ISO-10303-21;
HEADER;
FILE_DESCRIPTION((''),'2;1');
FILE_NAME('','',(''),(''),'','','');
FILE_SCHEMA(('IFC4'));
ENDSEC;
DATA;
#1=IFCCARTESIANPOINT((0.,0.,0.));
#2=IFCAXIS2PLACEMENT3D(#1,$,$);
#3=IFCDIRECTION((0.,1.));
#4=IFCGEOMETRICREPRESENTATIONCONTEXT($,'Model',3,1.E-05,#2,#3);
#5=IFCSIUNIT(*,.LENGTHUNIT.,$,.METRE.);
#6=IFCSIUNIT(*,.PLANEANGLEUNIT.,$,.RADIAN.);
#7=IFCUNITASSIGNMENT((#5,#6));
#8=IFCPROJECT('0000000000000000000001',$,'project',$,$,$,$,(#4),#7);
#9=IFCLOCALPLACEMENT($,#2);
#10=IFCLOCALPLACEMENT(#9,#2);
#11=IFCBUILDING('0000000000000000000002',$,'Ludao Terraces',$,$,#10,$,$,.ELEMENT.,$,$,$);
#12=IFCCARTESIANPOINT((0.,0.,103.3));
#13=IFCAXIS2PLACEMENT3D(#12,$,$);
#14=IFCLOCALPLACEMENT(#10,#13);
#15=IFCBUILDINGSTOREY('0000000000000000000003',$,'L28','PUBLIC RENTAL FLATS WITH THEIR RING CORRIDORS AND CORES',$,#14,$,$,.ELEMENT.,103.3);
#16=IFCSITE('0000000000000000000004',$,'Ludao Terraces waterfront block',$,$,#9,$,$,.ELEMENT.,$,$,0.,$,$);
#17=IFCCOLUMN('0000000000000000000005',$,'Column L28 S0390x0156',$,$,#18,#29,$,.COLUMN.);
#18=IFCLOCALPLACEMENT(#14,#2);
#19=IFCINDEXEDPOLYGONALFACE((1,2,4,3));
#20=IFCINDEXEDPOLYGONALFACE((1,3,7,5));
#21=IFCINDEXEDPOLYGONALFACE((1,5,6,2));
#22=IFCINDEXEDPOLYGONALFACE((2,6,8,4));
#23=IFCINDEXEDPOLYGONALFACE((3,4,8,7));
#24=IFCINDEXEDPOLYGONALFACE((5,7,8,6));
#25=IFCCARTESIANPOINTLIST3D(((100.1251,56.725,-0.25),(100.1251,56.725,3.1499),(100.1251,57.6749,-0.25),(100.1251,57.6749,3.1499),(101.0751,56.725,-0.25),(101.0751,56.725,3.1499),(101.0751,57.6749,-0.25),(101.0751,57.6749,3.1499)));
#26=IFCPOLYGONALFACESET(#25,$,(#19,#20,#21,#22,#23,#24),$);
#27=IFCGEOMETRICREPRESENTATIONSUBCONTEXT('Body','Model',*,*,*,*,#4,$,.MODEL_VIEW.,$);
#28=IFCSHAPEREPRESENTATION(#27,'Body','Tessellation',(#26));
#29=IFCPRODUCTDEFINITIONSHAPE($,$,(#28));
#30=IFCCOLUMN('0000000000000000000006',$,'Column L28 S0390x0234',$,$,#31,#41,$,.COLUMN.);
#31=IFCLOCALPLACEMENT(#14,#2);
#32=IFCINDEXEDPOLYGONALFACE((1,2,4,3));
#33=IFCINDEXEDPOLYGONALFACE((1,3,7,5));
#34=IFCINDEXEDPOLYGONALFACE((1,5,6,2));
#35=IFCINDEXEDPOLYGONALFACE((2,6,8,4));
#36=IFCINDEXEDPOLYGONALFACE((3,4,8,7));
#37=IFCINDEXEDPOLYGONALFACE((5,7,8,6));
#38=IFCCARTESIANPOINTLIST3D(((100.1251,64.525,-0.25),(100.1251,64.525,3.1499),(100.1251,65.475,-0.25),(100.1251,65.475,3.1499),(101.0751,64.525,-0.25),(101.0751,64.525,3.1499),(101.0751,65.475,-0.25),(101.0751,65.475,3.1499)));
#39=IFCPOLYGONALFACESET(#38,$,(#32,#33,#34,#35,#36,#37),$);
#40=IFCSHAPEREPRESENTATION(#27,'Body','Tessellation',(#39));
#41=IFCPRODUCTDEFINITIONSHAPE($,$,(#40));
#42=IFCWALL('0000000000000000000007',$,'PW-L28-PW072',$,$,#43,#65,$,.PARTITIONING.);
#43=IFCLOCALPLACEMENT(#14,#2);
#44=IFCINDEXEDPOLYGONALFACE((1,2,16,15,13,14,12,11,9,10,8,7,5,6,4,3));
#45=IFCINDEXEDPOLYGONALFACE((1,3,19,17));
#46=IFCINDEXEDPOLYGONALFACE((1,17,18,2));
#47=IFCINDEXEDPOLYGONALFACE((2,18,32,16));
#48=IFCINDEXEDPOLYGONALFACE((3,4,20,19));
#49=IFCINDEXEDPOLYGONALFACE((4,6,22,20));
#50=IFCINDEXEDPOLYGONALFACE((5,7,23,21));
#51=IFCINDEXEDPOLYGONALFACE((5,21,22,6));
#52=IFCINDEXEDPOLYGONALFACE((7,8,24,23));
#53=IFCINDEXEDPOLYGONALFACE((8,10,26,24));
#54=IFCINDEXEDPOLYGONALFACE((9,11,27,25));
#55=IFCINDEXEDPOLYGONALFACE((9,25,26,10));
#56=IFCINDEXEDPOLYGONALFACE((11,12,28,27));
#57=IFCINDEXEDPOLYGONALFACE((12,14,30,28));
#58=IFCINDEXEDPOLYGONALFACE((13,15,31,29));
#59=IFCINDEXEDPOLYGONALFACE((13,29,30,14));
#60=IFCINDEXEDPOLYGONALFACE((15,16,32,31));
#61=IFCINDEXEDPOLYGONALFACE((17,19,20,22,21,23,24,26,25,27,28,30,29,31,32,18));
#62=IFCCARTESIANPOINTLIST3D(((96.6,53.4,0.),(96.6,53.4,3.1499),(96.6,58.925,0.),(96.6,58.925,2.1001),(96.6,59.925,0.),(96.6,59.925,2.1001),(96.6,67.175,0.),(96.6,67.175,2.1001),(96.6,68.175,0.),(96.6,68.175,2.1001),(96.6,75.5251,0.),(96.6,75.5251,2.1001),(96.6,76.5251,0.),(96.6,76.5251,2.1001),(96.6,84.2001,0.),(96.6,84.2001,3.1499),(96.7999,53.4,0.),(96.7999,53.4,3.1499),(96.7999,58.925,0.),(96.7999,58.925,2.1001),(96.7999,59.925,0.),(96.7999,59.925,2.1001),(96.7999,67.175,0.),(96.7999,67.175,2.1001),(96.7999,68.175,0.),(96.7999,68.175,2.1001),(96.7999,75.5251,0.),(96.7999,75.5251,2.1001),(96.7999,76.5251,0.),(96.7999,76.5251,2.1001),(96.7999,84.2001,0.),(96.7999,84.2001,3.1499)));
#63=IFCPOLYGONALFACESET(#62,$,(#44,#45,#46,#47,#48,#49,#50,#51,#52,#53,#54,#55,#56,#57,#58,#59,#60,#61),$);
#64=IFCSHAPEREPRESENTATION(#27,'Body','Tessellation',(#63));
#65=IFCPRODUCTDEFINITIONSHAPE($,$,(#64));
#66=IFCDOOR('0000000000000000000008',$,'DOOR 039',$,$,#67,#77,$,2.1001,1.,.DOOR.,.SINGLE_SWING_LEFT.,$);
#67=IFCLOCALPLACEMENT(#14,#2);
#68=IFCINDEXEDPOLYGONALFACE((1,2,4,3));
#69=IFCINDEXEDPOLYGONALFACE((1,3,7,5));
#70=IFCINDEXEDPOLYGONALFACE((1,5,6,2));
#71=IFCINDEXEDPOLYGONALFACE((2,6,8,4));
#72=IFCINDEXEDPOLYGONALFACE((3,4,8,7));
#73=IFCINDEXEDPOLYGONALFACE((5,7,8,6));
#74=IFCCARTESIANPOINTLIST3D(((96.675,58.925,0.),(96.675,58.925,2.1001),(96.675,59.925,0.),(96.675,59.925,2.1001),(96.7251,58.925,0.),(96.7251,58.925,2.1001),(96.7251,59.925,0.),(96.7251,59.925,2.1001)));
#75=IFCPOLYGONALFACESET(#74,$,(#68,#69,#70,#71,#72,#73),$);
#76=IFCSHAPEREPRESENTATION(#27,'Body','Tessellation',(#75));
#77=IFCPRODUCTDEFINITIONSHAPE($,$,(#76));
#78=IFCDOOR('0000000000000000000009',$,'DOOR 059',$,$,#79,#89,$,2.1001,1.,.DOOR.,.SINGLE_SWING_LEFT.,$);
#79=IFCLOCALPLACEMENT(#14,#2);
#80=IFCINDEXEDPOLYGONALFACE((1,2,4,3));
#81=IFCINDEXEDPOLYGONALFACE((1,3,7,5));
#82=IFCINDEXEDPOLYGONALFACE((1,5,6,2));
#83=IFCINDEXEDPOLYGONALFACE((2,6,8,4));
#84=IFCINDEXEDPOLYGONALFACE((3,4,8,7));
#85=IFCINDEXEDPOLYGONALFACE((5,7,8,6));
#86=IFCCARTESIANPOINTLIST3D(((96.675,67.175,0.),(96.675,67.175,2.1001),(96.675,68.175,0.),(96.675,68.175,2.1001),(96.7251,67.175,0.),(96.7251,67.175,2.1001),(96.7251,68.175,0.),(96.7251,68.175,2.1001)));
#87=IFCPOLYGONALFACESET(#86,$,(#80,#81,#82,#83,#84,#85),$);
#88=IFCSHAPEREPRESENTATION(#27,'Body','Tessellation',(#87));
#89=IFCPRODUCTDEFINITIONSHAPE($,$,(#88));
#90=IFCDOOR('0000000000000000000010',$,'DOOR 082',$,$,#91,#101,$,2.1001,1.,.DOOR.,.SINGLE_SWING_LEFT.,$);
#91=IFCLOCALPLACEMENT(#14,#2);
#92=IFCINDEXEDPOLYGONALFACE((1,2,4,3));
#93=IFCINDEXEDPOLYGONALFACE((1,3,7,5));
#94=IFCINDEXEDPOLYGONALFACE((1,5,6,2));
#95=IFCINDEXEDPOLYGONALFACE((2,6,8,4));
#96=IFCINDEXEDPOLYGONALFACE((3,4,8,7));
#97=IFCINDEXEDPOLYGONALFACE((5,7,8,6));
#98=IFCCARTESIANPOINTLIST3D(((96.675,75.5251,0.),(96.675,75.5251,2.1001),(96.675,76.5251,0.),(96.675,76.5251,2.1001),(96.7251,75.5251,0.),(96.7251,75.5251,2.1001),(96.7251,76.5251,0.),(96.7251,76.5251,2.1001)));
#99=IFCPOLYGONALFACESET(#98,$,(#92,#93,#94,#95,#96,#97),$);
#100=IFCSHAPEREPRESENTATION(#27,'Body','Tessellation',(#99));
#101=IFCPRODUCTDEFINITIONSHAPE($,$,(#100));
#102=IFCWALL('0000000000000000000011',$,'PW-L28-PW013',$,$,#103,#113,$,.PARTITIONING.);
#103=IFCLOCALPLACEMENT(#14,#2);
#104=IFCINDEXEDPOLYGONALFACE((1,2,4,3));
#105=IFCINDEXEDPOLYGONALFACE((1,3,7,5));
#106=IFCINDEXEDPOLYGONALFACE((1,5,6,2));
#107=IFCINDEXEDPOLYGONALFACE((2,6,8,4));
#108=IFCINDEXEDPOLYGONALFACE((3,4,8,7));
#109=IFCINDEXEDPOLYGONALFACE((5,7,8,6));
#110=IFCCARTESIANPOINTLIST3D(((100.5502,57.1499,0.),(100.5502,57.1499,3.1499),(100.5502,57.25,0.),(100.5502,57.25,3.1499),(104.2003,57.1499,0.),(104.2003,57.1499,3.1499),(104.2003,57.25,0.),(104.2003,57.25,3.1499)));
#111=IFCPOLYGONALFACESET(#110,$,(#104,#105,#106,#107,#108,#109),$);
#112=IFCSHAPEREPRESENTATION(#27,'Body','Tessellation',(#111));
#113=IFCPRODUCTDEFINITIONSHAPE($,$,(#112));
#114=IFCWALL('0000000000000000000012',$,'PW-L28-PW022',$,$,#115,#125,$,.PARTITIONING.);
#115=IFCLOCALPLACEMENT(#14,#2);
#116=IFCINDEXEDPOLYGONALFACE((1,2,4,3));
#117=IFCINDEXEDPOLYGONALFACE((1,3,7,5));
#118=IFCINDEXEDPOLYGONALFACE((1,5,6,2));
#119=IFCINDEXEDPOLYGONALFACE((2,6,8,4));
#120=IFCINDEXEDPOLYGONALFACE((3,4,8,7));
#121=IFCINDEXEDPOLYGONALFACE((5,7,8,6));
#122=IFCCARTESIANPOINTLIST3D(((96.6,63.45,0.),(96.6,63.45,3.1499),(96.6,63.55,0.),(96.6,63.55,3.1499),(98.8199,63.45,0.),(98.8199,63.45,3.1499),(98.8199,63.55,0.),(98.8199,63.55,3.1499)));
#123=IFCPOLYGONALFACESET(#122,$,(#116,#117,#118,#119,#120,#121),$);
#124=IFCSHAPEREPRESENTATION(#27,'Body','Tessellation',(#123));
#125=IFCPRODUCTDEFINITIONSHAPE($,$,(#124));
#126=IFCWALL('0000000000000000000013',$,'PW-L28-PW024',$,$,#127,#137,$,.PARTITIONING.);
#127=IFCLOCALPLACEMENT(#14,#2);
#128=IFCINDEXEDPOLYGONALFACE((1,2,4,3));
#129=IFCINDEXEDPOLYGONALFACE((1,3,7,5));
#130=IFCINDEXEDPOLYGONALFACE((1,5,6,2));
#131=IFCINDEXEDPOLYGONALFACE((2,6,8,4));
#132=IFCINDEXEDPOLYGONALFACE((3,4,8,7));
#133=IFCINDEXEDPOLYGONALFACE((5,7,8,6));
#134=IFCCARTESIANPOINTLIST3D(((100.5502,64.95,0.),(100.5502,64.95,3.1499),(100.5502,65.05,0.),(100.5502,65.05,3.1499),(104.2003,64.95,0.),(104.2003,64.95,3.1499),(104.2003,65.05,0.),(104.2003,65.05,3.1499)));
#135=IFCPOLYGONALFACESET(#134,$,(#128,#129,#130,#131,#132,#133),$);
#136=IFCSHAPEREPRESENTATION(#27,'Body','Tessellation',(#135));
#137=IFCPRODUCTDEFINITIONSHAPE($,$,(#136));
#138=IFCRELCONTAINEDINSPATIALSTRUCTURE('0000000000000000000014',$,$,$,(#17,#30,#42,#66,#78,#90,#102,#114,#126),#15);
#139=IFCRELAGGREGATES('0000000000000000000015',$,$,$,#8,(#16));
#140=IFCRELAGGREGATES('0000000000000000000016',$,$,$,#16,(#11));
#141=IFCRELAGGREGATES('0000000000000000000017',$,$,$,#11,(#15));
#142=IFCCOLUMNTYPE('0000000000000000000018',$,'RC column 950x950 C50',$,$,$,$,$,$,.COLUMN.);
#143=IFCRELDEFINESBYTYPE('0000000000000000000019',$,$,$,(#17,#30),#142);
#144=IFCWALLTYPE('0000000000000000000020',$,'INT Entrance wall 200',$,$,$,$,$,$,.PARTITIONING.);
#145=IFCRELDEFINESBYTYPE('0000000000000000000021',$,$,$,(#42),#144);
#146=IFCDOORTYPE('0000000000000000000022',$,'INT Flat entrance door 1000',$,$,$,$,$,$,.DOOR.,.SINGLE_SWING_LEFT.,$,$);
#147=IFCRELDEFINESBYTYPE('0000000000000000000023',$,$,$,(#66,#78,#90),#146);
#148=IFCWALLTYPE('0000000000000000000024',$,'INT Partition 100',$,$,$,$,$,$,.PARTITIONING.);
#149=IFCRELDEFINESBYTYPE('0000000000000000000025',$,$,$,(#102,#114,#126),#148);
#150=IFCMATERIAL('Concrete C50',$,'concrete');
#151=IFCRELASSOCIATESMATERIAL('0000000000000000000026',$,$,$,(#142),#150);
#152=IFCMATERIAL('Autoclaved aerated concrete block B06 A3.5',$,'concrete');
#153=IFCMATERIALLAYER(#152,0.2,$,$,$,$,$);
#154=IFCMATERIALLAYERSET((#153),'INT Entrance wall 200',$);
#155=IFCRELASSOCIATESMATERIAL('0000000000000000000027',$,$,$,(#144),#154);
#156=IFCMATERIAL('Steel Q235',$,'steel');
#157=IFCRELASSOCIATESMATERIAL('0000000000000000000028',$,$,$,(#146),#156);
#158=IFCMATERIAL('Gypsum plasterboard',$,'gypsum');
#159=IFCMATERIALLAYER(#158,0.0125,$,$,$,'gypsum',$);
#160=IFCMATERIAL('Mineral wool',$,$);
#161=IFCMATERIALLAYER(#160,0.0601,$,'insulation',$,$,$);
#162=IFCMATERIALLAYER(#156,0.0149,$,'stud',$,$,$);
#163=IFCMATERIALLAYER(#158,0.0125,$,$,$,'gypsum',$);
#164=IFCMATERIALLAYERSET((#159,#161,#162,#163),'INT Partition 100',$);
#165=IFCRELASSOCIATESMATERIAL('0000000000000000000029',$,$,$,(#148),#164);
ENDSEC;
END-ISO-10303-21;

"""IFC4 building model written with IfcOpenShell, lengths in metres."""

from ifc_helpers import new_model, si_unit, direction, frame, frame_2d, origin, origin_2d, place, context, subcontext, project, spatial, rectangle, extrude, material, layer, layer_set, material_profile, profile_set, type_object, element, fill, save


model = new_model("IFC4")

# Units and contexts
model_context = context("Model", 3, precision=1e-05, world=origin(), true_north=direction((0.0, 1.0)))
body_context = subcontext(model_context, "Body", "Model", "MODEL_VIEW")
ifc_project = project(units=[si_unit("LENGTHUNIT", "METRE"), si_unit("PLANEANGLEUNIT", "RADIAN")], contexts=[model_context])

# Site, building, storey
site_placement = place(None, origin())
site = spatial("IfcSite", under=ifc_project, at=site_placement, Name="Ludao Terraces waterfront block", CompositionType="ELEMENT", RefElevation=0.0)
building_placement = place(site_placement, origin())
building = spatial("IfcBuilding", under=site, at=building_placement, Name="Ludao Terraces", CompositionType="ELEMENT")
storey_placement = place(building_placement, frame((0.0, 0.0, 103.3)))
storey = spatial("IfcBuildingStorey", under=building, at=storey_placement, Name="L28", Description="PUBLIC RENTAL FLATS WITH THEIR RING CORRIDORS AND CORES", CompositionType="ELEMENT", Elevation=103.3)

# Columns
ifc_material_1 = material(Name="Concrete C50", Category="concrete")
ifc_material_profile = material_profile(ifc_material_1, rectangle(XDim=0.95, YDim=0.95, at=origin_2d()), Name="950 X 950")
ifc_profile_set = profile_set([ifc_material_profile], Name="Concrete C50")
column_type = type_object("IfcColumnType", Name="RC column 950x950 C50", PredefinedType="COLUMN", material=ifc_profile_set)
for number, where, z_axis, x_axis, name in (
    (1, (100.6001, 57.2, -0.25), (0.0, 0.0, 1.0), (1.0, 0.0, 0.0), "Column L28 S0390x0156"),
    (2, (100.6001, 65.0, -0.25), (0.0, 0.0, 1.0), (1.0, 0.0, 0.0), "Column L28 S0390x0234"),
):
    element("IfcColumn", number, at=place(storey_placement, frame(where, z_axis=z_axis, x_axis=x_axis)), inside=storey, type_object=column_type, Name=name, PredefinedType="COLUMN", context=body_context, shape_type="SweptSolid", body=[
        extrude(rectangle(XDim=0.95, YDim=0.95, at=origin_2d()), origin(), (0.0, 0.0, 1.0), 3.3999),
    ])

# Shared definitions
ifc_material_2 = material(Name="Mineral wool")

# Wall, openings, doors
ifc_material_3 = material(Name="Autoclaved aerated concrete block B06 A3.5", Category="concrete")
ifc_layer_1 = layer(ifc_material_3, 0.2)
ifc_layer_set_1 = layer_set([ifc_layer_1], Name="INT Entrance wall 200")
wall_type_1 = type_object("IfcWallType", Name="INT Entrance wall 200", PredefinedType="PARTITIONING", material=ifc_layer_set_1)
wall_1_placement = place(storey_placement, frame((96.7, 53.4001, 0.0), z_axis=(0.0, 0.0, 1.0), x_axis=(0.0, 1.0, 0.0)))
wall_1 = element("IfcWall", 3, at=wall_1_placement, inside=storey, type_object=wall_type_1, Name="PW-L28-PW072", PredefinedType="PARTITIONING", context=body_context, shape_type="SweptSolid", body=[
    extrude(rectangle(XDim=30.8, YDim=0.2, at=frame_2d((15.3999, 0.0))), origin(), (0.0, 0.0, 1.0), 3.1499),
])
opening_1_placement = place(wall_1_placement, frame((5.5249, 0.0, 0.0)))
opening_1 = element("IfcOpeningElement", 4, at=opening_1_placement, cuts=wall_1, PredefinedType="OPENING", context=body_context, shape_type="SweptSolid", body=[
    extrude(rectangle(XDim=1.0, YDim=2.1001, at=frame_2d((0.5, 1.05))), frame((0.0, 0.1099, 0.0), z_axis=(0.0, -1.0, 0.0), x_axis=(1.0, 0.0, 0.0)), (0.0, 0.0, 1.0), 0.22),
])
opening_2_placement = place(wall_1_placement, frame((13.7749, 0.0, 0.0)))
opening_2 = element("IfcOpeningElement", 5, at=opening_2_placement, cuts=wall_1, PredefinedType="OPENING", context=body_context, shape_type="SweptSolid", body=[
    extrude(rectangle(XDim=1.0, YDim=2.1001, at=frame_2d((0.5, 1.05))), frame((0.0, 0.1099, 0.0), z_axis=(0.0, -1.0, 0.0), x_axis=(1.0, 0.0, 0.0)), (0.0, 0.0, 1.0), 0.22),
])
opening_3_placement = place(wall_1_placement, frame((22.125, 0.0, 0.0)))
opening_3 = element("IfcOpeningElement", 6, at=opening_3_placement, cuts=wall_1, PredefinedType="OPENING", context=body_context, shape_type="SweptSolid", body=[
    extrude(rectangle(XDim=1.0, YDim=2.1001, at=frame_2d((0.5, 1.05))), frame((0.0, 0.1099, 0.0), z_axis=(0.0, -1.0, 0.0), x_axis=(1.0, 0.0, 0.0)), (0.0, 0.0, 1.0), 0.22),
])
ifc_material_4 = material(Name="Steel Q235", Category="steel")
door_type_1 = type_object("IfcDoorType", Name="INT Flat entrance door 1000", OperationType="SINGLE_SWING_LEFT", PredefinedType="DOOR", material=ifc_material_4)
door_1_placement = place(opening_1_placement, origin())
door_1 = element("IfcDoor", 7, at=door_1_placement, inside=storey, type_object=door_type_1, Name="DOOR 039", OperationType="SINGLE_SWING_LEFT", OverallHeight=2.1001, OverallWidth=1.0, PredefinedType="DOOR", context=body_context, shape_type="SweptSolid", body=[
    extrude(rectangle(XDim=1.0, YDim=2.1001, at=frame_2d((0.5, 1.05))), frame((0.0, 0.0249, 0.0), z_axis=(0.0, -1.0, 0.0), x_axis=(1.0, 0.0, 0.0)), (0.0, 0.0, 1.0), 0.05),
])
fill(opening_1, door_1)
door_2_placement = place(opening_2_placement, origin())
door_2 = element("IfcDoor", 8, at=door_2_placement, inside=storey, type_object=door_type_1, Name="DOOR 059", OperationType="SINGLE_SWING_LEFT", OverallHeight=2.1001, OverallWidth=1.0, PredefinedType="DOOR", context=body_context, shape_type="SweptSolid", body=[
    extrude(rectangle(XDim=1.0, YDim=2.1001, at=frame_2d((0.5, 1.05))), frame((0.0, 0.0249, 0.0), z_axis=(0.0, -1.0, 0.0), x_axis=(1.0, 0.0, 0.0)), (0.0, 0.0, 1.0), 0.05),
])
fill(opening_2, door_2)
door_3_placement = place(opening_3_placement, origin())
door_3 = element("IfcDoor", 9, at=door_3_placement, inside=storey, type_object=door_type_1, Name="DOOR 082", OperationType="SINGLE_SWING_LEFT", OverallHeight=2.1001, OverallWidth=1.0, PredefinedType="DOOR", context=body_context, shape_type="SweptSolid", body=[
    extrude(rectangle(XDim=1.0, YDim=2.1001, at=frame_2d((0.5, 1.05))), frame((0.0, 0.0249, 0.0), z_axis=(0.0, -1.0, 0.0), x_axis=(1.0, 0.0, 0.0)), (0.0, 0.0, 1.0), 0.05),
])
fill(opening_3, door_3)

# Walls
ifc_material_5 = material(Name="Gypsum plasterboard", Category="gypsum")
ifc_layer_2 = layer(ifc_material_5, 0.0125, Category="gypsum")
ifc_layer_3 = layer(ifc_material_2, 0.0601, Name="insulation")
ifc_layer_4 = layer(ifc_material_4, 0.0149, Name="stud")
ifc_layer_5 = layer(ifc_material_5, 0.0125, Category="gypsum")
ifc_layer_set_2 = layer_set([ifc_layer_2, ifc_layer_3, ifc_layer_4, ifc_layer_5], Name="INT Partition 100")
wall_type_2 = type_object("IfcWallType", Name="INT Partition 100", PredefinedType="PARTITIONING", material=ifc_layer_set_2)
wall_2_placement = place(storey_placement, frame((100.55, 57.2, 0.0), z_axis=(0.0, 0.0, 1.0), x_axis=(1.0, 0.0, 0.0)))
element("IfcWall", 10, at=wall_2_placement, inside=storey, type_object=wall_type_2, Name="PW-L28-PW013", PredefinedType="PARTITIONING", context=body_context, shape_type="SweptSolid", body=[
    extrude(rectangle(XDim=3.6501, YDim=0.1001, at=frame_2d((1.8252, 0.0))), origin(), (0.0, 0.0, 1.0), 3.1499),
])
wall_3_placement = place(storey_placement, frame((96.6001, 63.5, 0.0), z_axis=(0.0, 0.0, 1.0), x_axis=(1.0, 0.0, 0.0)))
element("IfcWall", 11, at=wall_3_placement, inside=storey, type_object=wall_type_2, Name="PW-L28-PW022", PredefinedType="PARTITIONING", context=body_context, shape_type="SweptSolid", body=[
    extrude(rectangle(XDim=2.22, YDim=0.1001, at=frame_2d((1.1099, 0.0))), origin(), (0.0, 0.0, 1.0), 3.1499),
])
wall_4_placement = place(storey_placement, frame((100.55, 65.0, 0.0), z_axis=(0.0, 0.0, 1.0), x_axis=(1.0, 0.0, 0.0)))
element("IfcWall", 12, at=wall_4_placement, inside=storey, type_object=wall_type_2, Name="PW-L28-PW024", PredefinedType="PARTITIONING", context=body_context, shape_type="SweptSolid", body=[
    extrude(rectangle(XDim=3.6501, YDim=0.1001, at=frame_2d((1.8252, 0.0))), origin(), (0.0, 0.0, 1.0), 3.1499),
])

save(model, "model.ifc")
